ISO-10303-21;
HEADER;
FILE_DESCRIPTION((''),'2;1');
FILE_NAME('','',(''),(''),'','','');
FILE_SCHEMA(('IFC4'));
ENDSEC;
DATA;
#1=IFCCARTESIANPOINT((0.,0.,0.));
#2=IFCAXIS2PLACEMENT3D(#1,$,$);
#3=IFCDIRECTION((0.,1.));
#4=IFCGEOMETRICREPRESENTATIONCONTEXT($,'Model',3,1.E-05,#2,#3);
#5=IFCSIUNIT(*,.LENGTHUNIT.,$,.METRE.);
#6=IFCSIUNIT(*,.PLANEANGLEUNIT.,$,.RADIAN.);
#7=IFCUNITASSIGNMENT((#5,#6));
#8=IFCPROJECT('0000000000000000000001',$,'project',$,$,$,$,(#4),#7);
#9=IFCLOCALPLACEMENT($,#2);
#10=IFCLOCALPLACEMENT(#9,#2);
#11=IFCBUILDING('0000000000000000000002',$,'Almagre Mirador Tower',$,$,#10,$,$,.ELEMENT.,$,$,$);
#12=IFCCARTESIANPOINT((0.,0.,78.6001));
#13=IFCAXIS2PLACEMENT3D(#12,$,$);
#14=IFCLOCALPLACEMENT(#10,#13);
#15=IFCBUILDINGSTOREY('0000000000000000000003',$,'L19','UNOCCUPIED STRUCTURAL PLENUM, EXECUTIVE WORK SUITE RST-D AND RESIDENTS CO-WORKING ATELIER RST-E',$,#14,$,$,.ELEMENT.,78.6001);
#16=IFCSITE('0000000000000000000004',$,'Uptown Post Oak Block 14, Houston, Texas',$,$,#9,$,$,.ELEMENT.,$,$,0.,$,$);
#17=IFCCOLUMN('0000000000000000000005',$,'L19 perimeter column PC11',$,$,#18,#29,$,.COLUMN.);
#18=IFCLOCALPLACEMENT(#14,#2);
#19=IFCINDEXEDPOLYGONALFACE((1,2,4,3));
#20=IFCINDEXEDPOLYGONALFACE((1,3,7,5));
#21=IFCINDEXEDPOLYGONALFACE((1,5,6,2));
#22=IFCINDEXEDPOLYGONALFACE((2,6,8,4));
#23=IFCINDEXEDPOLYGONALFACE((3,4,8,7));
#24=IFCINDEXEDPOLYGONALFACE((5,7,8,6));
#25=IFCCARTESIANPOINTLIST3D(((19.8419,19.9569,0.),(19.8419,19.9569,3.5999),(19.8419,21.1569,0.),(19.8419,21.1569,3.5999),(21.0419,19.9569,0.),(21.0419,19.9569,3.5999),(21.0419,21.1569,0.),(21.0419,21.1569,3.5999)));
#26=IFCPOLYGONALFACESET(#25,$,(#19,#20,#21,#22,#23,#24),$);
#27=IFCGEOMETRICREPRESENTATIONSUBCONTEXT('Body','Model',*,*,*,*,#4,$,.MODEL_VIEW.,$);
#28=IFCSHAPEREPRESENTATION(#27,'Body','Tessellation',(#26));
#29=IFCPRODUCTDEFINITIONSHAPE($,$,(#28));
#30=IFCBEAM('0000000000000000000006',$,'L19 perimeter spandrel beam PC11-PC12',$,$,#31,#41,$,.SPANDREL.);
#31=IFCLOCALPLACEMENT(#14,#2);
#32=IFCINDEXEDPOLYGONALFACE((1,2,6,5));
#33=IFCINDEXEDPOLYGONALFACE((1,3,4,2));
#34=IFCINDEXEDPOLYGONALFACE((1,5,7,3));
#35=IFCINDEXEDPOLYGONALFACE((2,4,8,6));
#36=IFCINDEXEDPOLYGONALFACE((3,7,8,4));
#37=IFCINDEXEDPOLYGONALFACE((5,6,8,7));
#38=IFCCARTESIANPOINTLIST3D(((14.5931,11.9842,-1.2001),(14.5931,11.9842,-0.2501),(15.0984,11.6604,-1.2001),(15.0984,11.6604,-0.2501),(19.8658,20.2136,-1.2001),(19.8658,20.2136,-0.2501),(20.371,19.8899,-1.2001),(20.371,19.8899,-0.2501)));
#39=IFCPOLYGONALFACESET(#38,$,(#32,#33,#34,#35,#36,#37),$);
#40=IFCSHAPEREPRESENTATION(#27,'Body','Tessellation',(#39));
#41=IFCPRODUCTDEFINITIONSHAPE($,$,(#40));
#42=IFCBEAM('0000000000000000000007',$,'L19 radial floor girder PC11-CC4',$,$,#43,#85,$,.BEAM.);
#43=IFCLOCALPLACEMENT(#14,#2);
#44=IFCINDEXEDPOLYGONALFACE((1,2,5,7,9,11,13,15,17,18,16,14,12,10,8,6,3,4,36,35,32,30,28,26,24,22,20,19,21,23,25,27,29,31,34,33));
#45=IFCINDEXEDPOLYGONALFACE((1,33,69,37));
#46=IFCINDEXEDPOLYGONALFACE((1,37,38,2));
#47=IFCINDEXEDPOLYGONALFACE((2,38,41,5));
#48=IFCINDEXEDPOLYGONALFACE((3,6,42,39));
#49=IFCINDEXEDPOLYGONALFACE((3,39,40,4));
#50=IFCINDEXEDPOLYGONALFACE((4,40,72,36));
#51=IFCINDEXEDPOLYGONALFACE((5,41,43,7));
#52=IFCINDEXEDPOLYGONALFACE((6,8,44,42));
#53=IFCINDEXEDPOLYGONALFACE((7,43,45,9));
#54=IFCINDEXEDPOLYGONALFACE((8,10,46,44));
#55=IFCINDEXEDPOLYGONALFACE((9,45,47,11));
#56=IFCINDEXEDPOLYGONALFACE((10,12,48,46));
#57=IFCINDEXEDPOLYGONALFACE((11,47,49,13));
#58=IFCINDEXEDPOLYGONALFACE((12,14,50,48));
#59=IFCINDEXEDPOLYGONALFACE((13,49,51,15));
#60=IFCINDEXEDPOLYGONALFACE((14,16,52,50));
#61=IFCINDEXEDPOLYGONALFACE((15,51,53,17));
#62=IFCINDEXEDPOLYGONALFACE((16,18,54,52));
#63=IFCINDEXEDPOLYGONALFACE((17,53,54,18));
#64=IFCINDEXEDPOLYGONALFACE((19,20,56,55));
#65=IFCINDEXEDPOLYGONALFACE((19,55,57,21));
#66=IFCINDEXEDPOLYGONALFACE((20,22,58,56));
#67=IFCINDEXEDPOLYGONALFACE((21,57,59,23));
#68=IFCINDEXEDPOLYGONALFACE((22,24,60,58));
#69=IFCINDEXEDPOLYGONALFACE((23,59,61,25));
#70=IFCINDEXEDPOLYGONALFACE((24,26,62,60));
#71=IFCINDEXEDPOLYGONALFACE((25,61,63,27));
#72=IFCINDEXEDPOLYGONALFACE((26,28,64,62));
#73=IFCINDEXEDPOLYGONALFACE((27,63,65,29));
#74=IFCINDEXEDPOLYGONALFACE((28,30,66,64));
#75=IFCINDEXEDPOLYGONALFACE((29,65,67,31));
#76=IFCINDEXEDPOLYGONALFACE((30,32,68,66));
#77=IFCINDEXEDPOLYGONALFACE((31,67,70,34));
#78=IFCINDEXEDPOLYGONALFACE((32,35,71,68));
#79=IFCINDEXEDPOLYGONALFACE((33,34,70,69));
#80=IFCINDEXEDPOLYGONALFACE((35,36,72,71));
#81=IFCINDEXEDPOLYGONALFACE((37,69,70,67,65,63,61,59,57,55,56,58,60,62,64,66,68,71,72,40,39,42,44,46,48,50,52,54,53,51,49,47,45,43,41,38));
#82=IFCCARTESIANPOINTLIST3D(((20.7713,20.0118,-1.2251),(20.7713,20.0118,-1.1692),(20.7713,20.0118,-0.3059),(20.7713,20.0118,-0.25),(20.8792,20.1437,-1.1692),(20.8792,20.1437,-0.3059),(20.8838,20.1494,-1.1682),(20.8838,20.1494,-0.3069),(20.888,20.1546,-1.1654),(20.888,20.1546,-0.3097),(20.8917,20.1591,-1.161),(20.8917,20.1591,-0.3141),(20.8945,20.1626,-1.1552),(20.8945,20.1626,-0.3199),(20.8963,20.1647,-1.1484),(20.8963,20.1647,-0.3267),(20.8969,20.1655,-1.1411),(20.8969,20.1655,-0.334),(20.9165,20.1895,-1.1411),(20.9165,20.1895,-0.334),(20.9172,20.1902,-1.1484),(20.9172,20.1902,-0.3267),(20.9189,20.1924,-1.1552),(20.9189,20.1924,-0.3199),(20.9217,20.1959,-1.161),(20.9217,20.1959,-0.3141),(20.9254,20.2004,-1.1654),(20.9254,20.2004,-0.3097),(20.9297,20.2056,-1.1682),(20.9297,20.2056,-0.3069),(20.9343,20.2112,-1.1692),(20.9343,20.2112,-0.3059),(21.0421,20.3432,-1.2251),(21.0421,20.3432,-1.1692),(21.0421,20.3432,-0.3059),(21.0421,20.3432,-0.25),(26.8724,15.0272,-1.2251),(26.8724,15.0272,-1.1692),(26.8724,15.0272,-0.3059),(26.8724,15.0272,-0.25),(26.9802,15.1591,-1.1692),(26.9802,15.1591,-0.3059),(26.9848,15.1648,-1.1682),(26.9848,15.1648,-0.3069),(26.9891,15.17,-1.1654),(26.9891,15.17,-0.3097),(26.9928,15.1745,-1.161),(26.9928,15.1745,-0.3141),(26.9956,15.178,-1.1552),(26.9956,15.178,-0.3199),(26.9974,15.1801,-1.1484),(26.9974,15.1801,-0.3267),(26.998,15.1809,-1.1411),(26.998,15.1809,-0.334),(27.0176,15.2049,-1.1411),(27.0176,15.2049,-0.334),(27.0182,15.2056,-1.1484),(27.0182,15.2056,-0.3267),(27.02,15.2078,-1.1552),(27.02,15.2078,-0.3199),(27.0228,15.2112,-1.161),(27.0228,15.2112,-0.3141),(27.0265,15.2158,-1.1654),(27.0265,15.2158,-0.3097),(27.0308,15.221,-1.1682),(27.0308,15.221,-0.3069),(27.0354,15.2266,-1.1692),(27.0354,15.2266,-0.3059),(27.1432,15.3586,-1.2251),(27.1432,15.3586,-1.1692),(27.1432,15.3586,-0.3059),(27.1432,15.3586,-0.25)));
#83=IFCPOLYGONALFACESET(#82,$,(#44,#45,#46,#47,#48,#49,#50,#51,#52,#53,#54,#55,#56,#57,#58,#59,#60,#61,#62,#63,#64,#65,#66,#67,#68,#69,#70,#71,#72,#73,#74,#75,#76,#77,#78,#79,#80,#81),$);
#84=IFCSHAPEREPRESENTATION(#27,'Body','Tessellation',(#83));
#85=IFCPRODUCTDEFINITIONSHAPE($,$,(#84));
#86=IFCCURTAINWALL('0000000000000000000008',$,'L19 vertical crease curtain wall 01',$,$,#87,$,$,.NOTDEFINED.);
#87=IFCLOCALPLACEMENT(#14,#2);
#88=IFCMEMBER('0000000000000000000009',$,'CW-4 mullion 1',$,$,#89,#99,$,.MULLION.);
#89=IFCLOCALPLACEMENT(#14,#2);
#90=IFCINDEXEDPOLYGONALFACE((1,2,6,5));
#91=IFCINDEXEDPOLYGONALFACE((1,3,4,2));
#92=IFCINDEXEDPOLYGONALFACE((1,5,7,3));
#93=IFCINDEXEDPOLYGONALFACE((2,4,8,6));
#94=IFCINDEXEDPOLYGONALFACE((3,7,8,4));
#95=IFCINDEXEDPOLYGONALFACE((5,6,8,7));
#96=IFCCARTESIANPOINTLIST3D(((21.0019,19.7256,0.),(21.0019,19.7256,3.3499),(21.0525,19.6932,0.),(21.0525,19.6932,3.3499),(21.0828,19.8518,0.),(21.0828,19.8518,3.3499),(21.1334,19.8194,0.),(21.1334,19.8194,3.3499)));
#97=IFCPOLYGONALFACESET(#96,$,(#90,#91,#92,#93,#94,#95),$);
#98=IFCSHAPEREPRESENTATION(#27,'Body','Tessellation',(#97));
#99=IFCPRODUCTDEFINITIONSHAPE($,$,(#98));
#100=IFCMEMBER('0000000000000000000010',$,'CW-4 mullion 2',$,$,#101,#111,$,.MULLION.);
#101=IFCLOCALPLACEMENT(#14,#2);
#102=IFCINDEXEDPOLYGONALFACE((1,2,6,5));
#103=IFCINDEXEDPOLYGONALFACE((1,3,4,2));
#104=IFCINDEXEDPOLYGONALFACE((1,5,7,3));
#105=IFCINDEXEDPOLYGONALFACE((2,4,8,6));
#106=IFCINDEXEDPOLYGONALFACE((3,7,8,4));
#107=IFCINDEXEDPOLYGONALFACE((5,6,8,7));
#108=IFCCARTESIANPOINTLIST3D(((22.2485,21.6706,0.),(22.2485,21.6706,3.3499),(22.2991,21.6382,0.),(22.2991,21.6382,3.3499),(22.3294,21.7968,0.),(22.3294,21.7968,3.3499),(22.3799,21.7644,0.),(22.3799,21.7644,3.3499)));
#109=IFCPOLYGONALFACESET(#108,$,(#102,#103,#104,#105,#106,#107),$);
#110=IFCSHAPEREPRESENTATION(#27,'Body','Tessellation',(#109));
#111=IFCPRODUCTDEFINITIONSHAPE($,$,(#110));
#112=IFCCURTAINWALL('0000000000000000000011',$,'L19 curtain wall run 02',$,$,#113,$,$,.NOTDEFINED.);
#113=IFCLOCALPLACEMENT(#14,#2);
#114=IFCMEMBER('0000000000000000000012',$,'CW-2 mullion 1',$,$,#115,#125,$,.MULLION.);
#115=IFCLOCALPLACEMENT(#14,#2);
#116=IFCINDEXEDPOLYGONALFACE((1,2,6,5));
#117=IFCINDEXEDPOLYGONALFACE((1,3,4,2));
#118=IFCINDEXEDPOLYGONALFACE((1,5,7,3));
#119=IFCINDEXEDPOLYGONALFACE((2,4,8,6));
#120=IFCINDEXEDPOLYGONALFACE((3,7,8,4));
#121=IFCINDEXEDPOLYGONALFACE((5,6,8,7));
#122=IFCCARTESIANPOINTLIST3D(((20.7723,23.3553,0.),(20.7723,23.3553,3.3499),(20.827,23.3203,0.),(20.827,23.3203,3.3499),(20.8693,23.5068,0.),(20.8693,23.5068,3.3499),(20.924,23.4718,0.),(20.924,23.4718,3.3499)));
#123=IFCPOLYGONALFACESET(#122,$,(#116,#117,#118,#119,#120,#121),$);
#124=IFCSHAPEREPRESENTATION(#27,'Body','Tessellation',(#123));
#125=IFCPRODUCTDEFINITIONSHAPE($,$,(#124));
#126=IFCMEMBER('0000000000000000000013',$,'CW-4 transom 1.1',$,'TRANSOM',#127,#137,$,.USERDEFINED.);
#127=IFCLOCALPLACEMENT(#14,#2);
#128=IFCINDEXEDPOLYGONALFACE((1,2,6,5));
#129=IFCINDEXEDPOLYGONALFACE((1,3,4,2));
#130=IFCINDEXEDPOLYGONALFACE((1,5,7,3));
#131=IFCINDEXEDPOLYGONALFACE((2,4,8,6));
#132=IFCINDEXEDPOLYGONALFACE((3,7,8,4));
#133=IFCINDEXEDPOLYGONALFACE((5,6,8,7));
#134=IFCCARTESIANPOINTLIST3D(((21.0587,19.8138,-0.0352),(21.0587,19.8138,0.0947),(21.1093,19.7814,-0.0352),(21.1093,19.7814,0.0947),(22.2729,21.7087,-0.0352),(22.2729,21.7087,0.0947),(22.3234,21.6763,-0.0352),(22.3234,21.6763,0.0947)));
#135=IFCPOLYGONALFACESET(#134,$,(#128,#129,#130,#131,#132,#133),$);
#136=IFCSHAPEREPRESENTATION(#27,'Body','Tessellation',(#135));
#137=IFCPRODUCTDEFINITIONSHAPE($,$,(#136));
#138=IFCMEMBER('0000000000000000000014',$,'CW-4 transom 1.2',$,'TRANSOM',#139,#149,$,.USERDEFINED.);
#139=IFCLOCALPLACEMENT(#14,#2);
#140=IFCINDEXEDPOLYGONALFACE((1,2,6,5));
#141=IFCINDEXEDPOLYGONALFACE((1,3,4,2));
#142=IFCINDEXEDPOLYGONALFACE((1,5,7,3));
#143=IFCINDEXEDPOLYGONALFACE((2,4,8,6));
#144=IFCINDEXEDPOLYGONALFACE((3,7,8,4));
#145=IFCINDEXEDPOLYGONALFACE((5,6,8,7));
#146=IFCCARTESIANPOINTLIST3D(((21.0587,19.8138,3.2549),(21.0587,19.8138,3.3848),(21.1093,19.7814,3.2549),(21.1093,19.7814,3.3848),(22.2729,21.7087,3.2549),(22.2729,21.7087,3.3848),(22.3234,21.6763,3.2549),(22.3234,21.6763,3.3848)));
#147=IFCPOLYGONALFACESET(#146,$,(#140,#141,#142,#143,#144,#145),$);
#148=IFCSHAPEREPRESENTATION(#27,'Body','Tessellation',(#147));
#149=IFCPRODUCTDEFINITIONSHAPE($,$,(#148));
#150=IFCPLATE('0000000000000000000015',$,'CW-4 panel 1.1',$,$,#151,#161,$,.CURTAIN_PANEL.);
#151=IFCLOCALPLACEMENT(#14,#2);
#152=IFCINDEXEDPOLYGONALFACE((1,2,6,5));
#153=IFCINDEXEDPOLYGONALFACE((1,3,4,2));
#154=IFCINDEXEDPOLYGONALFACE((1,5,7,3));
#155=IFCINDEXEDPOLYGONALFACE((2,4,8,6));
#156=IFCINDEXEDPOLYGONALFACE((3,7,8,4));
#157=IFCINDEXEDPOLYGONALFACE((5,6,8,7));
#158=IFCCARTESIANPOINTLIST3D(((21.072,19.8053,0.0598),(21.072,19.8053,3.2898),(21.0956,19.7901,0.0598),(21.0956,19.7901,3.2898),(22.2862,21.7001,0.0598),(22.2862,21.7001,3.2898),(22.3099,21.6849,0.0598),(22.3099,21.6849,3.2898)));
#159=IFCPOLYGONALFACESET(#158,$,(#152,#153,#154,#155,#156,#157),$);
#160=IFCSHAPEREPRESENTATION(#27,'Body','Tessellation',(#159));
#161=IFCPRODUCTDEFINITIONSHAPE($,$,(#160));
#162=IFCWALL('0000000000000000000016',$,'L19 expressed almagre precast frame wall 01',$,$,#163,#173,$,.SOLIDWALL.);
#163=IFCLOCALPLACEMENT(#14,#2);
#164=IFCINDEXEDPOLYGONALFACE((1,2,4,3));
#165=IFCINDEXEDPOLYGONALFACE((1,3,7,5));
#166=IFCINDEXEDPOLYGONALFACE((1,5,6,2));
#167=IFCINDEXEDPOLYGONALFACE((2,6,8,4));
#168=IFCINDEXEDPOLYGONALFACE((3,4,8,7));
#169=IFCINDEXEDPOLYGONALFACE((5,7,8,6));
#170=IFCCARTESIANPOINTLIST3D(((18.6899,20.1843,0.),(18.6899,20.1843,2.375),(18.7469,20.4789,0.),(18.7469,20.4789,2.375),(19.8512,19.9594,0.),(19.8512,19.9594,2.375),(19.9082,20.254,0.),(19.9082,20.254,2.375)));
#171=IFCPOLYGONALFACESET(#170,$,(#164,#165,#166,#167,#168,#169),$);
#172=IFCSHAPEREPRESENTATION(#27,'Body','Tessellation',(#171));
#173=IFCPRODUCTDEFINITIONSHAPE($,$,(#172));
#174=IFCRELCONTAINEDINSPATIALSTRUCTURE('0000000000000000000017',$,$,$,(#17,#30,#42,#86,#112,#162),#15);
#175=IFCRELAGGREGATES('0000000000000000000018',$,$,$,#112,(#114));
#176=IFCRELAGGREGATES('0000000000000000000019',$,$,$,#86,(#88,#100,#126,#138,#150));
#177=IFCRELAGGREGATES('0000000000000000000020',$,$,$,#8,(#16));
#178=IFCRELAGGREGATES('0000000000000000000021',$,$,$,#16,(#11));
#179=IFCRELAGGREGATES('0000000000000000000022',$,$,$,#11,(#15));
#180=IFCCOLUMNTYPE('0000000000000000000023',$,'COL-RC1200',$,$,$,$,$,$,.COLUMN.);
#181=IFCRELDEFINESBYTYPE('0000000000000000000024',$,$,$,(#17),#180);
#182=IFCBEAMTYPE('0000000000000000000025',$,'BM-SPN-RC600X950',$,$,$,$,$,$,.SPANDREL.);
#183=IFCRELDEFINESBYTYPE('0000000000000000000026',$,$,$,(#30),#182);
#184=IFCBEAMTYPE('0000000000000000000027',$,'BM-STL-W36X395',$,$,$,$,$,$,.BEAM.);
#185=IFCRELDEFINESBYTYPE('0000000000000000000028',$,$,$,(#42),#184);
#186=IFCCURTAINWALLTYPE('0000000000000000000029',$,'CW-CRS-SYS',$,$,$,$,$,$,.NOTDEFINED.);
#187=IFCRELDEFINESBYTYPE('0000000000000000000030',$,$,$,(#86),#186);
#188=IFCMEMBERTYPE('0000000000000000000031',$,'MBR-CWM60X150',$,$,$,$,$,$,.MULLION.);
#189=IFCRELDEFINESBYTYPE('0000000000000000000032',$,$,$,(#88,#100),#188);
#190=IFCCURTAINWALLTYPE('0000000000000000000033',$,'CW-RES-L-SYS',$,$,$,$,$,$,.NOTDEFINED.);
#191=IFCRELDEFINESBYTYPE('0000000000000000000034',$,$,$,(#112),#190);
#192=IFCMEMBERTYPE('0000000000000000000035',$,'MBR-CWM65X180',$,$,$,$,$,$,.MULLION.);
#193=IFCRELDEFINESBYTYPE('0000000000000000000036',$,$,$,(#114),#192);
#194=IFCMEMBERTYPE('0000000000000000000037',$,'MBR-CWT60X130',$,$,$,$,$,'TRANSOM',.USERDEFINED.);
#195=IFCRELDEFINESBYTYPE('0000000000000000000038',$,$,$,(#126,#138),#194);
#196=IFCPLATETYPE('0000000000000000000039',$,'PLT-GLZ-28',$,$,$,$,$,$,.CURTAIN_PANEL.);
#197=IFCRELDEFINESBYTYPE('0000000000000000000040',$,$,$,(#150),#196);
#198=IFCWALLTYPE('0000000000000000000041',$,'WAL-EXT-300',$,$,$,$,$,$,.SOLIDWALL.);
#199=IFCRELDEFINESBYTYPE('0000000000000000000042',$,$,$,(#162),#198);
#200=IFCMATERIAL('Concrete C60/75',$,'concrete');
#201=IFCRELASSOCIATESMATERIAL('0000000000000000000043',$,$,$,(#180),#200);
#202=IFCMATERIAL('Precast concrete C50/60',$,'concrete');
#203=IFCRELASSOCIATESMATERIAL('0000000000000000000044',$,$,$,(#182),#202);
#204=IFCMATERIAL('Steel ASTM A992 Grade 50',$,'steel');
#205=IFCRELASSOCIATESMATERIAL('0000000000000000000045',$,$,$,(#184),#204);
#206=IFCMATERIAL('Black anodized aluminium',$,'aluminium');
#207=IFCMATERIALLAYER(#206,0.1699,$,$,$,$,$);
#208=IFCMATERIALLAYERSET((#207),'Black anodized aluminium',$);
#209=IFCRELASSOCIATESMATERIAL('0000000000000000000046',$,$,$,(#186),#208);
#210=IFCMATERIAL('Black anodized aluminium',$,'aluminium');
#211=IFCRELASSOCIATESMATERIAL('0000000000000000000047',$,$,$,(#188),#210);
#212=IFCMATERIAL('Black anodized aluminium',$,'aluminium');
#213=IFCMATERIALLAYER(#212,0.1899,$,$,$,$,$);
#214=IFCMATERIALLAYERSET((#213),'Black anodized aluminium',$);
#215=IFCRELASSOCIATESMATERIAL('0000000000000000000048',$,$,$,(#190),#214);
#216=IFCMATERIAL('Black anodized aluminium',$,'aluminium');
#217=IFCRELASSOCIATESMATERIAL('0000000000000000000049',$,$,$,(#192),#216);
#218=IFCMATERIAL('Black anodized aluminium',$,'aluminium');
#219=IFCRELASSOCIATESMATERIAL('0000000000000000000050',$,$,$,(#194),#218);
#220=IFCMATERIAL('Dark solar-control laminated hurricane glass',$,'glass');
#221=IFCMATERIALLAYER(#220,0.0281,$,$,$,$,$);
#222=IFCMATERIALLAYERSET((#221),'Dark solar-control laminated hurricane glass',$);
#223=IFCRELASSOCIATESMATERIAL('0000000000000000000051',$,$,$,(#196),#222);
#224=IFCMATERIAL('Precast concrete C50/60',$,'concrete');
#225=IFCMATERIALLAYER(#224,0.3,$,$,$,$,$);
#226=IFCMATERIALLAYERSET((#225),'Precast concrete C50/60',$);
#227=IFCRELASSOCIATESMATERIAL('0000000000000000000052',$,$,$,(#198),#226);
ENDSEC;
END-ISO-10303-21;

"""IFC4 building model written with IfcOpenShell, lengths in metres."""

from ifc_helpers import new_model, si_unit, direction, frame, frame_2d, origin, origin_2d, place, context, subcontext, project, spatial, rectangle, i_section, extrude, material, layer, layer_set, material_profile, profile_set, type_object, element, aggregate, save


model = new_model("IFC4")

# Units and contexts
model_context = context("Model", 3, precision=1e-05, world=origin(), true_north=direction((0.0, 1.0)))
body_context = subcontext(model_context, "Body", "Model", "MODEL_VIEW")
ifc_project = project(units=[si_unit("LENGTHUNIT", "METRE"), si_unit("PLANEANGLEUNIT", "RADIAN")], contexts=[model_context])

# Site, building, storey
site_placement = place(None, origin())
site = spatial("IfcSite", under=ifc_project, at=site_placement, Name="Uptown Post Oak Block 14, Houston, Texas", CompositionType="ELEMENT", RefElevation=0.0)
building_placement = place(site_placement, origin())
building = spatial("IfcBuilding", under=site, at=building_placement, Name="Almagre Mirador Tower", CompositionType="ELEMENT")
storey_placement = place(building_placement, frame((0.0, 0.0, 78.6001)))
storey = spatial("IfcBuildingStorey", under=building, at=storey_placement, Name="L19", Description="UNOCCUPIED STRUCTURAL PLENUM, EXECUTIVE WORK SUITE RST-D AND RESIDENTS CO-WORKING ATELIER RST-E", CompositionType="ELEMENT", Elevation=78.6001)

# Column
ifc_material_1 = material(Name="Concrete C60/75", Category="concrete")
ifc_material_profile_1 = material_profile(ifc_material_1, rectangle(XDim=1.2, YDim=1.2, at=origin_2d()), Name="RC1200X1200")
ifc_profile_set_1 = profile_set([ifc_material_profile_1], Name="Concrete C60/75")
column_type = type_object("IfcColumnType", Name="COL-RC1200", PredefinedType="COLUMN", material=ifc_profile_set_1)
column_placement = place(storey_placement, frame((20.4419, 20.5569, 0.0), z_axis=(0.0, 0.0, 1.0), x_axis=(1.0, 0.0, 0.0)))
element("IfcColumn", 1, at=column_placement, inside=storey, type_object=column_type, Name="L19 perimeter column PC11", PredefinedType="COLUMN", context=body_context, shape_type="SweptSolid", body=[
    extrude(rectangle(XDim=1.2, YDim=1.2, at=origin_2d()), origin(), (0.0, 0.0, 1.0), 3.5999),
])

# Beams
ifc_material_2 = material(Name="Precast concrete C50/60", Category="concrete")
ifc_material_profile_2 = material_profile(ifc_material_2, rectangle(XDim=0.6001, YDim=0.95, at=origin_2d()), Name="RC600X950")
ifc_profile_set_2 = profile_set([ifc_material_profile_2], Name="Precast concrete C50/60")
beam_type_1 = type_object("IfcBeamType", Name="BM-SPN-RC600X950", PredefinedType="SPANDREL", material=ifc_profile_set_2)
beam_1_placement = place(storey_placement, frame((20.1184, 20.0518, -0.7251), z_axis=(-0.539477, -0.842, 0.0), x_axis=(0.842, -0.539477, 0.0)))
element("IfcBeam", 2, at=beam_1_placement, inside=storey, type_object=beam_type_1, Name="L19 perimeter spandrel beam PC11-PC12", PredefinedType="SPANDREL", context=body_context, shape_type="SweptSolid", body=[
    extrude(rectangle(XDim=0.6001, YDim=0.95, at=origin_2d()), origin(), (0.0, 0.0, 1.0), 9.7737),
])
ifc_material_3 = material(Name="Steel ASTM A992 Grade 50", Category="steel")
ifc_material_profile_3 = material_profile(ifc_material_3, i_section(OverallWidth=0.428, OverallDepth=0.9751, WebThickness=0.031, FlangeThickness=0.0559, FilletRadius=0.0281, at=origin_2d()), Name="W36X395")
ifc_profile_set_3 = profile_set([ifc_material_profile_3], Name="Steel ASTM A992 Grade 50")
beam_type_2 = type_object("IfcBeamType", Name="BM-STL-W36X395", PredefinedType="BEAM", material=ifc_profile_set_3)
beam_2_placement = place(storey_placement, frame((20.9067, 20.1775, -0.7375), z_axis=(0.774403, -0.632693, 0.0), x_axis=(0.632693, 0.774403, 0.0)))
element("IfcBeam", 3, at=beam_2_placement, inside=storey, type_object=beam_type_2, Name="L19 radial floor girder PC11-CC4", PredefinedType="BEAM", context=body_context, shape_type="SweptSolid", body=[
    extrude(i_section(OverallWidth=0.428, OverallDepth=0.9751, WebThickness=0.031, FlangeThickness=0.0559, FilletRadius=0.0281, at=origin_2d()), origin(), (0.0, 0.0, 1.0), 7.8784),
])

# Curtain wall, members
ifc_material_4 = material(Name="Black anodized aluminium", Category="aluminium")
ifc_layer_1 = layer(ifc_material_4, 0.1699)
ifc_layer_set_1 = layer_set([ifc_layer_1], Name="Black anodized aluminium")
curtain_wall_type_1 = type_object("IfcCurtainWallType", Name="CW-CRS-SYS", PredefinedType="NOTDEFINED", material=ifc_layer_set_1)
curtain_wall_1_placement = place(storey_placement, origin())
curtain_wall_1 = element("IfcCurtainWall", 4, at=curtain_wall_1_placement, inside=storey, type_object=curtain_wall_type_1, Name="L19 vertical crease curtain wall 01", PredefinedType="NOTDEFINED")
ifc_material_5 = material(Name="Black anodized aluminium", Category="aluminium")
ifc_material_profile_4 = material_profile(ifc_material_5, rectangle(XDim=0.0601, YDim=0.1499, at=origin_2d()), Name="CWM60X150")
ifc_profile_set_4 = profile_set([ifc_material_profile_4], Name="Black anodized aluminium")
member_type_1 = type_object("IfcMemberType", Name="MBR-CWM60X150", PredefinedType="MULLION", material=ifc_profile_set_4)
member_1_placement = place(storey_placement, frame((21.0676, 19.7725, 0.0), z_axis=(0.0, 0.0, 1.0), x_axis=(-0.841948, 0.539559, 0.0)))
member_1 = element("IfcMember", 5, at=member_1_placement, type_object=member_type_1, Name="CW-4 mullion 1", PredefinedType="MULLION", context=body_context, shape_type="SweptSolid", body=[
    extrude(rectangle(XDim=0.0601, YDim=0.1499, at=origin_2d()), origin(), (0.0, 0.0, 1.0), 3.3499),
])
member_2_placement = place(storey_placement, frame((22.3142, 21.7175, 0.0), z_axis=(0.0, 0.0, 1.0), x_axis=(-0.841948, 0.539559, 0.0)))
member_2 = element("IfcMember", 6, at=member_2_placement, type_object=member_type_1, Name="CW-4 mullion 2", PredefinedType="MULLION", context=body_context, shape_type="SweptSolid", body=[
    extrude(rectangle(XDim=0.0601, YDim=0.1499, at=origin_2d()), origin(), (0.0, 0.0, 1.0), 3.3499),
])

# Curtain wall, member
ifc_material_6 = material(Name="Black anodized aluminium", Category="aluminium")
ifc_layer_2 = layer(ifc_material_6, 0.1899)
ifc_layer_set_2 = layer_set([ifc_layer_2], Name="Black anodized aluminium")
curtain_wall_type_2 = type_object("IfcCurtainWallType", Name="CW-RES-L-SYS", PredefinedType="NOTDEFINED", material=ifc_layer_set_2)
curtain_wall_2_placement = place(storey_placement, origin())
curtain_wall_2 = element("IfcCurtainWall", 7, at=curtain_wall_2_placement, inside=storey, type_object=curtain_wall_type_2, Name="L19 curtain wall run 02", PredefinedType="NOTDEFINED")
ifc_material_7 = material(Name="Black anodized aluminium", Category="aluminium")
ifc_material_profile_5 = material_profile(ifc_material_7, rectangle(XDim=0.0649, YDim=0.1799, at=origin_2d()), Name="CWM65X180")
ifc_profile_set_5 = profile_set([ifc_material_profile_5], Name="Black anodized aluminium")
member_type_2 = type_object("IfcMemberType", Name="MBR-CWM65X180", PredefinedType="MULLION", material=ifc_profile_set_5)
member_3_placement = place(storey_placement, frame((20.8481, 23.4136, 0.0), z_axis=(0.0, 0.0, 1.0), x_axis=(-0.842015, 0.539455, 0.0)))
member_3 = element("IfcMember", 8, at=member_3_placement, type_object=member_type_2, Name="CW-2 mullion 1", PredefinedType="MULLION", context=body_context, shape_type="SweptSolid", body=[
    extrude(rectangle(XDim=0.0649, YDim=0.1799, at=origin_2d()), origin(), (0.0, 0.0, 1.0), 3.3499),
])
aggregate(curtain_wall_2, [member_3])

# Members
ifc_material_8 = material(Name="Black anodized aluminium", Category="aluminium")
ifc_material_profile_6 = material_profile(ifc_material_8, rectangle(XDim=0.0601, YDim=0.1299, at=origin_2d()), Name="CWT60X130")
ifc_profile_set_6 = profile_set([ifc_material_profile_6], Name="Black anodized aluminium")
member_type_3 = type_object("IfcMemberType", Name="MBR-CWT60X130", ElementType="TRANSOM", PredefinedType="USERDEFINED", material=ifc_profile_set_6)
member_4_placement = place(storey_placement, frame((21.084, 19.7976, 0.0298), z_axis=(0.539512, 0.841978, 0.0), x_axis=(-0.841978, 0.539512, 0.0)))
member_4 = element("IfcMember", 9, at=member_4_placement, type_object=member_type_3, Name="CW-4 transom 1.1", ObjectType="TRANSOM", PredefinedType="USERDEFINED", context=body_context, shape_type="SweptSolid", body=[
    extrude(rectangle(XDim=0.0601, YDim=0.1299, at=origin_2d()), origin(), (0.0, 0.0, 1.0), 2.2505),
])
member_5_placement = place(storey_placement, frame((21.084, 19.7976, 3.3198), z_axis=(0.539512, 0.841978, 0.0), x_axis=(-0.841978, 0.539512, 0.0)))
member_5 = element("IfcMember", 10, at=member_5_placement, type_object=member_type_3, Name="CW-4 transom 1.2", ObjectType="TRANSOM", PredefinedType="USERDEFINED", context=body_context, shape_type="SweptSolid", body=[
    extrude(rectangle(XDim=0.0601, YDim=0.1299, at=origin_2d()), origin(), (0.0, 0.0, 1.0), 2.2505),
])

# Plate
ifc_material_9 = material(Name="Dark solar-control laminated hurricane glass", Category="glass")
ifc_layer_3 = layer(ifc_material_9, 0.0281)
ifc_layer_set_3 = layer_set([ifc_layer_3], Name="Dark solar-control laminated hurricane glass")
plate_type = type_object("IfcPlateType", Name="PLT-GLZ-28", PredefinedType="CURTAIN_PANEL", material=ifc_layer_set_3)
plate_placement = place(storey_placement, frame((21.6909, 20.7451, 0.0598), z_axis=(0.0, 0.0, 1.0), x_axis=(0.539559, 0.841948, 0.0)))
plate = element("IfcPlate", 11, at=plate_placement, type_object=plate_type, Name="CW-4 panel 1.1", PredefinedType="CURTAIN_PANEL", context=body_context, shape_type="SweptSolid", body=[
    extrude(rectangle(XDim=2.2505, YDim=0.0281, at=origin_2d()), origin(), (0.0, 0.0, 1.0), 3.23),
])
aggregate(curtain_wall_1, [member_1, member_2, member_4, member_5, plate])

# Wall
ifc_material_10 = material(Name="Precast concrete C50/60", Category="concrete")
ifc_layer_4 = layer(ifc_material_10, 0.3)
ifc_layer_set_4 = layer_set([ifc_layer_4], Name="Precast concrete C50/60")
wall_type_1 = type_object("IfcWallType", Name="WAL-EXT-300", PredefinedType="SOLIDWALL", material=ifc_layer_set_4)
wall_1_placement = place(storey_placement, frame((18.7185, 20.3315, 0.0), z_axis=(0.0, 0.0, 1.0), x_axis=(0.981769, -0.19008, 0.0)))
element("IfcWall", 12, at=wall_1_placement, inside=storey, type_object=wall_type_1, Name="L19 expressed almagre precast frame wall 01", PredefinedType="SOLIDWALL", context=body_context, shape_type="SweptSolid", body=[
    extrude(rectangle(XDim=1.1829, YDim=0.3, at=frame_2d((0.5913, 0.0))), origin(), (0.0, 0.0, 1.0), 2.375),
])

save(model, "model.ifc")
